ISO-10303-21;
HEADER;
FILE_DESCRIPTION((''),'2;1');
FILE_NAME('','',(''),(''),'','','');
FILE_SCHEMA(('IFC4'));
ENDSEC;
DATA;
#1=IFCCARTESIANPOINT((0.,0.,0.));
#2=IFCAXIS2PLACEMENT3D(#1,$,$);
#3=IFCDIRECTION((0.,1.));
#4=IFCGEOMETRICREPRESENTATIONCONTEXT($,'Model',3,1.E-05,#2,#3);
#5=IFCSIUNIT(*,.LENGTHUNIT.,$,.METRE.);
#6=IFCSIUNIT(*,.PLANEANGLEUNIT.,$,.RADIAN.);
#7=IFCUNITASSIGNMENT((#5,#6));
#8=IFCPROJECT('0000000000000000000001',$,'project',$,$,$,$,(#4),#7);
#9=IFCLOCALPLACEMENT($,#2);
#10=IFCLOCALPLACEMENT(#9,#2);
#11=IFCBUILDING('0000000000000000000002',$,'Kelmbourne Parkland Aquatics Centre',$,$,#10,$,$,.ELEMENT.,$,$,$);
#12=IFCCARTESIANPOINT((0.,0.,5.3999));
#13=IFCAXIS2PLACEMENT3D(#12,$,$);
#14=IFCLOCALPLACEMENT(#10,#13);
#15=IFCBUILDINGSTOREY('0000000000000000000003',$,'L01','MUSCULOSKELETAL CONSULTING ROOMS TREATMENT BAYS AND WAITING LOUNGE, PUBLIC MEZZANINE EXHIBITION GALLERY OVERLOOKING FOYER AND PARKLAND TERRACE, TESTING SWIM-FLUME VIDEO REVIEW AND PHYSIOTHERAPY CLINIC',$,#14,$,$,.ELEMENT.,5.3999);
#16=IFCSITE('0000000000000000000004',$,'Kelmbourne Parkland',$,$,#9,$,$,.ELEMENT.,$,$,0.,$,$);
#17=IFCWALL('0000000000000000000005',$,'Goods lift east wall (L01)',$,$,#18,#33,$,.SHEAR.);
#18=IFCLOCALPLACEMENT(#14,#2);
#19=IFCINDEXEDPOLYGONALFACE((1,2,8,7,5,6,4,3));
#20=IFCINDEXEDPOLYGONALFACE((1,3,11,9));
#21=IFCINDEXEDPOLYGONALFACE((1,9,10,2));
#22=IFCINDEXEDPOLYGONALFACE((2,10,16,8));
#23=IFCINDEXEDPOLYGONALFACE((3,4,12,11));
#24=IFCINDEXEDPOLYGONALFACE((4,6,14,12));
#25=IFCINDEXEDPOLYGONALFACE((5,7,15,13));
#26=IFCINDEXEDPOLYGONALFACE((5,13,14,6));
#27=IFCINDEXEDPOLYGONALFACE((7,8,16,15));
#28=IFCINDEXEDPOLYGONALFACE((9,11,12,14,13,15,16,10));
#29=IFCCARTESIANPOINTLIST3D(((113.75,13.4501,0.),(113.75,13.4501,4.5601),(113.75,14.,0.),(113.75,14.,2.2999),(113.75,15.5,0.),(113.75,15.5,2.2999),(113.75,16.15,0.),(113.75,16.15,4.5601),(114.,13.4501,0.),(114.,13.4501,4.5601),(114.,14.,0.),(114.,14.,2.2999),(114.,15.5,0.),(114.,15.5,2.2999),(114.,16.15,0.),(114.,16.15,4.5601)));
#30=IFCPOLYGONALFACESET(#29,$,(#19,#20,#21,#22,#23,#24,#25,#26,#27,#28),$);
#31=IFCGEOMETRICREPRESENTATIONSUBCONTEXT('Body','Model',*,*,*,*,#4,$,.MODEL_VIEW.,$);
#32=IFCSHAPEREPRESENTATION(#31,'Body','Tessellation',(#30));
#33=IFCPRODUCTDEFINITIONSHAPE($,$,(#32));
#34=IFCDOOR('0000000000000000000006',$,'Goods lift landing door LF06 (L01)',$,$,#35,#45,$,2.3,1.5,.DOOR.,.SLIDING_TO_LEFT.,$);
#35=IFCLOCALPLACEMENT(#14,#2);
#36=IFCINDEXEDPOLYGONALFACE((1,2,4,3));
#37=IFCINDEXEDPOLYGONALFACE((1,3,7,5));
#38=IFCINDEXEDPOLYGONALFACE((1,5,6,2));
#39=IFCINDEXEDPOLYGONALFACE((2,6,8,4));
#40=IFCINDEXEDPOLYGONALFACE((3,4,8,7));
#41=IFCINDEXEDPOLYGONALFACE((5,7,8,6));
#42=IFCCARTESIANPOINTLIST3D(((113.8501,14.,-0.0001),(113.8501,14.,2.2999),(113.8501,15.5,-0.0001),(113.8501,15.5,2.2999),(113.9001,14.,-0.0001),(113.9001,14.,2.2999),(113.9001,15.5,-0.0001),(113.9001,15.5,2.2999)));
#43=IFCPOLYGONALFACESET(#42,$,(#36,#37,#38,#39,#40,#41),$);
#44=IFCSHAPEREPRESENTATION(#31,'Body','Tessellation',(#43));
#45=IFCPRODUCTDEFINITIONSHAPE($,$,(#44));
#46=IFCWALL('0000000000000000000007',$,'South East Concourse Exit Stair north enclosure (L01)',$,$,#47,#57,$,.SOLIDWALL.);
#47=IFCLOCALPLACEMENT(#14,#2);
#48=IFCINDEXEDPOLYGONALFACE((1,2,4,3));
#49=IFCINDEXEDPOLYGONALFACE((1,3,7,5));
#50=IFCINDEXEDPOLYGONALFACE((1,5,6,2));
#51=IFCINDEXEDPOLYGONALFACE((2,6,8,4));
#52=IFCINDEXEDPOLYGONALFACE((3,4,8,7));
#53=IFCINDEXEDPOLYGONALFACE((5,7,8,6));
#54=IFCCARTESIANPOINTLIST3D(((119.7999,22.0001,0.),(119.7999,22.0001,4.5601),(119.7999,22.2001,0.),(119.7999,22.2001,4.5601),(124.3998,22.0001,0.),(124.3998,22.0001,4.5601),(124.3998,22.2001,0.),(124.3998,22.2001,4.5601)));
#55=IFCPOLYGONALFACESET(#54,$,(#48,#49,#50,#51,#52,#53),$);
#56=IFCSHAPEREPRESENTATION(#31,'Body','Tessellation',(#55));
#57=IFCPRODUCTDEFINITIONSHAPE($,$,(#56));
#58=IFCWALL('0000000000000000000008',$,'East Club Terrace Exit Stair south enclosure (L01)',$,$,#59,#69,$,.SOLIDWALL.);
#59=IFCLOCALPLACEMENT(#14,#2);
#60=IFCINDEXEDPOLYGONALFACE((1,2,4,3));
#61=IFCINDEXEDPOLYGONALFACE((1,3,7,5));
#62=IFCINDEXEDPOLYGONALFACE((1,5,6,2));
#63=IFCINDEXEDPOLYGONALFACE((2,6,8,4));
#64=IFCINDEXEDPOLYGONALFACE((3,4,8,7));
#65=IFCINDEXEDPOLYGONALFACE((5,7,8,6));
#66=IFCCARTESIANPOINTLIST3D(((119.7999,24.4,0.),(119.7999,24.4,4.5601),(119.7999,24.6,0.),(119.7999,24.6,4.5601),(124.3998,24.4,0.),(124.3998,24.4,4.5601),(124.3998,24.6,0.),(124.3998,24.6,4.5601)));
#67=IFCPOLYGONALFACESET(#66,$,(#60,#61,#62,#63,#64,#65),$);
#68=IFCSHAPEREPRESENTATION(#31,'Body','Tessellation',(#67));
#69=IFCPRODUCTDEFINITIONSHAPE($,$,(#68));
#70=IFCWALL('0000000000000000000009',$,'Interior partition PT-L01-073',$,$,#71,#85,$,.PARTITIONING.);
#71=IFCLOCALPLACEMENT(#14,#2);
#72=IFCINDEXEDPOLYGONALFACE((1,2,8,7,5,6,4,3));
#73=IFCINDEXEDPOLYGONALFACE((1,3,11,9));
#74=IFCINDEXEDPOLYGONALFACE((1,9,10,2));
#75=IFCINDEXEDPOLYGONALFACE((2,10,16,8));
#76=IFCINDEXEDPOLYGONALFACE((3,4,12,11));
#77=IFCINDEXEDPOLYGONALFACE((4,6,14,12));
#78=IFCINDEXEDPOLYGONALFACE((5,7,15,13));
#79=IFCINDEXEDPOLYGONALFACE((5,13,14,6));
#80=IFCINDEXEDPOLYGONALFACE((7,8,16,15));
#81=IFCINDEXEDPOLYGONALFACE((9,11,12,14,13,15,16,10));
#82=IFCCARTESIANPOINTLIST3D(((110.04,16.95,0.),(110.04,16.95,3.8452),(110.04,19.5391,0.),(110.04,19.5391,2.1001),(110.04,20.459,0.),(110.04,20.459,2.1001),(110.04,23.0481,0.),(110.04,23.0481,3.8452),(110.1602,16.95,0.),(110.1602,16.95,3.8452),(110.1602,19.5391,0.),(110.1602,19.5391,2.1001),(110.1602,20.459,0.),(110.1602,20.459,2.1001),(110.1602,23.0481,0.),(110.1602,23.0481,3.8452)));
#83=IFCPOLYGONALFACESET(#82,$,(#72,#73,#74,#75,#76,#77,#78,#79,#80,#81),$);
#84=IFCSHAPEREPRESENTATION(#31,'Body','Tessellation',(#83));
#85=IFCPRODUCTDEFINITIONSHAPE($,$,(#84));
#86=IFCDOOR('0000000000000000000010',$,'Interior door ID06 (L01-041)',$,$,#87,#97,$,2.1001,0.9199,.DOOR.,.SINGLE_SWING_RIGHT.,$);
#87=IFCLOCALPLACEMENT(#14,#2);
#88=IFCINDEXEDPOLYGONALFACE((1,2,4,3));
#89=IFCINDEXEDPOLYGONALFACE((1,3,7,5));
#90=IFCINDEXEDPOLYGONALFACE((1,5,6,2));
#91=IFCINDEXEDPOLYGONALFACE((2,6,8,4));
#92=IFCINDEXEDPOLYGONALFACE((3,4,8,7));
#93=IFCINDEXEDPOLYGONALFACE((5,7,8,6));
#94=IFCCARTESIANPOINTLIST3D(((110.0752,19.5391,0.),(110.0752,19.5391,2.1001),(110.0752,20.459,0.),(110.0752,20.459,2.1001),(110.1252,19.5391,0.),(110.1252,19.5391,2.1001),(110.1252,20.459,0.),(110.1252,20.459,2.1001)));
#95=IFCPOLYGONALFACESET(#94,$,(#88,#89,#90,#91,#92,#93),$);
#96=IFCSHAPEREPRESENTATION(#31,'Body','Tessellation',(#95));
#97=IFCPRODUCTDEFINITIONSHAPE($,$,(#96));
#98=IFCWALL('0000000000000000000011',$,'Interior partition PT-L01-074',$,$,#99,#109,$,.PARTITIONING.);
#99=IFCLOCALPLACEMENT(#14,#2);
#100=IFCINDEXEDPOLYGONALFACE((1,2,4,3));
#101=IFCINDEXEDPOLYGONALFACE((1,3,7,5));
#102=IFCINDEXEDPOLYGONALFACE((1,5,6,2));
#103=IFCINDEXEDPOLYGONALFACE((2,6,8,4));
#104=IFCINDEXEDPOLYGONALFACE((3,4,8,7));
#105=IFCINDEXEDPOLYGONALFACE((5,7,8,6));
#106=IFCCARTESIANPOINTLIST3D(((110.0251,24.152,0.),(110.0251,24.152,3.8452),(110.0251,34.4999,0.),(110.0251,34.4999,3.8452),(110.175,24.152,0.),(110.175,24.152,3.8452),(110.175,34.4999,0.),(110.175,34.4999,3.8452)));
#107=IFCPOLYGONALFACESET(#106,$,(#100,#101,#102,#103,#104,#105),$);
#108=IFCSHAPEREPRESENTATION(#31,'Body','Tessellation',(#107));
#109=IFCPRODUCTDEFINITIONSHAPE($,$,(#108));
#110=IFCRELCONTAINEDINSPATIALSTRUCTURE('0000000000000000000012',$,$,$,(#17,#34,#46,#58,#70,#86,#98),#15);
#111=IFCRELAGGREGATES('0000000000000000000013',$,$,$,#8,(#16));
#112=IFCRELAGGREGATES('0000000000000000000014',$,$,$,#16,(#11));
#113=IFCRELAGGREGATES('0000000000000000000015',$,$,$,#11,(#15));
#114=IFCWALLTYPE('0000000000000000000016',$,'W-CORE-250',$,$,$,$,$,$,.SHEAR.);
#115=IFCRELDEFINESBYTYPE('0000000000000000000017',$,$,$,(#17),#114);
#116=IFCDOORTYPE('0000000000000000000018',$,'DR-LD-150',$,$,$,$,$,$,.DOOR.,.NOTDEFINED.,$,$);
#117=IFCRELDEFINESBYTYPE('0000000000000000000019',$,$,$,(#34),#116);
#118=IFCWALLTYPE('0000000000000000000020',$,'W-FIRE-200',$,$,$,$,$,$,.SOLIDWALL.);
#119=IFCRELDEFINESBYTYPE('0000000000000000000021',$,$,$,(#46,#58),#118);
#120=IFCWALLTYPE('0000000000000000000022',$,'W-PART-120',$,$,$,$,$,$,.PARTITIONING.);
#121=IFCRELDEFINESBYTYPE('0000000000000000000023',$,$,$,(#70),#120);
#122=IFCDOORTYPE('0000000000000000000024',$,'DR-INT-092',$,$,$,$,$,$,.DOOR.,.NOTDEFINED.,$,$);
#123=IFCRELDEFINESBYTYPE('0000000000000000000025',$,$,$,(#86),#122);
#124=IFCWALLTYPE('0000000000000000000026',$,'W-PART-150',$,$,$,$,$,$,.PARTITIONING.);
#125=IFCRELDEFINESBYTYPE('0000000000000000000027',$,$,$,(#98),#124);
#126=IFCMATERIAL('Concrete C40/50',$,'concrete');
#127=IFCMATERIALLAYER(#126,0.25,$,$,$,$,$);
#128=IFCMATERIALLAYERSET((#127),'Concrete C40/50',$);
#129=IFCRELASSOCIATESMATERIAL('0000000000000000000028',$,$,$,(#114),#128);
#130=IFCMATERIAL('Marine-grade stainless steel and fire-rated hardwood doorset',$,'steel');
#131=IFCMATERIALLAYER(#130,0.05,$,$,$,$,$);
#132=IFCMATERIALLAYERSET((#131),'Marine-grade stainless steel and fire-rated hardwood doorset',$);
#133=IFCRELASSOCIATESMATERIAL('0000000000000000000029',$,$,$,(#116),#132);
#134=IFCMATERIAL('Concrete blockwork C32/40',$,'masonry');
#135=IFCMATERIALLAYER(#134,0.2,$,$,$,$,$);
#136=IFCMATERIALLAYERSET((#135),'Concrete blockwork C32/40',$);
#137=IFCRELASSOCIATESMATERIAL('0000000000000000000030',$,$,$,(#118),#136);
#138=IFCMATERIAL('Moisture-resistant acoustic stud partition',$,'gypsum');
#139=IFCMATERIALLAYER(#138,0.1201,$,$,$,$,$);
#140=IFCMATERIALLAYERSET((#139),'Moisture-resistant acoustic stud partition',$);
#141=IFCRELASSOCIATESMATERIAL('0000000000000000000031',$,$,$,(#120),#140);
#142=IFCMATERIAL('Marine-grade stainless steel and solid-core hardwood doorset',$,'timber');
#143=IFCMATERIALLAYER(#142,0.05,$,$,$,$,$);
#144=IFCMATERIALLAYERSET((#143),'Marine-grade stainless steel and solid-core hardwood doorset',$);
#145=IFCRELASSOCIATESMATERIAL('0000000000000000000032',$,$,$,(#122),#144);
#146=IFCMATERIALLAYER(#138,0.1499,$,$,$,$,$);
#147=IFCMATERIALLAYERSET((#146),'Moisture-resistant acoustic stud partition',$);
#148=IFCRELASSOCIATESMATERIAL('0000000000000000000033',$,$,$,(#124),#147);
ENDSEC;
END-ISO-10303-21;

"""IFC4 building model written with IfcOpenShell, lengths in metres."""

from ifc_helpers import new_model, si_unit, direction, frame, frame_2d, origin, place, context, subcontext, project, spatial, rectangle, extrude, material, layer, layer_set, type_object, element, fill, save


model = new_model("IFC4")

# Units and contexts
model_context = context("Model", 3, precision=1e-05, world=origin(), true_north=direction((0.0, 1.0)))
body_context = subcontext(model_context, "Body", "Model", "MODEL_VIEW")
ifc_project = project(units=[si_unit("LENGTHUNIT", "METRE"), si_unit("PLANEANGLEUNIT", "RADIAN")], contexts=[model_context])

# Site, building, storey
site_placement = place(None, origin())
site = spatial("IfcSite", under=ifc_project, at=site_placement, Name="Kelmbourne Parkland", CompositionType="ELEMENT", RefElevation=0.0)
building_placement = place(site_placement, origin())
building = spatial("IfcBuilding", under=site, at=building_placement, Name="Kelmbourne Parkland Aquatics Centre", CompositionType="ELEMENT")
storey_placement = place(building_placement, frame((0.0, 0.0, 5.3999)))
storey = spatial("IfcBuildingStorey", under=building, at=storey_placement, Name="L01", Description="MUSCULOSKELETAL CONSULTING ROOMS TREATMENT BAYS AND WAITING LOUNGE, PUBLIC MEZZANINE EXHIBITION GALLERY OVERLOOKING FOYER AND PARKLAND TERRACE, TESTING SWIM-FLUME VIDEO REVIEW AND PHYSIOTHERAPY CLINIC", CompositionType="ELEMENT", Elevation=5.3999)

# Shared definitions
ifc_material_1 = material(Name="Concrete C40/50", Category="concrete")

# Shared definitions
ifc_layer_1 = layer(ifc_material_1, 0.25)
ifc_layer_set_1 = layer_set([ifc_layer_1], Name="Concrete C40/50")
wall_type_1 = type_object("IfcWallType", Name="W-CORE-250", PredefinedType="SHEAR", material=ifc_layer_set_1)

# Wall, opening, door
wall_1_placement = place(storey_placement, frame((113.875, 13.45, 0.0), z_axis=(0.0, 0.0, 1.0), x_axis=(0.0, 1.0, 0.0)))
wall_1 = element("IfcWall", 1, at=wall_1_placement, inside=storey, type_object=wall_type_1, Name="Goods lift east wall (L01)", PredefinedType="SHEAR", context=body_context, shape_type="SweptSolid", body=[
    extrude(rectangle(XDim=2.7, YDim=0.25, at=frame_2d((1.3501, 0.0))), origin(), (0.0, 0.0, 1.0), 4.5601),
])
opening_1_placement = place(wall_1_placement, frame((0.55, 0.0, 0.0)))
opening_1 = element("IfcOpeningElement", 2, at=opening_1_placement, cuts=wall_1, PredefinedType="OPENING", context=body_context, shape_type="SweptSolid", body=[
    extrude(rectangle(XDim=1.5, YDim=2.3, at=frame_2d((0.75, 1.1499))), frame((0.0, 0.137, 0.0), z_axis=(0.0, -1.0, 0.0), x_axis=(1.0, 0.0, 0.0)), (0.0, 0.0, 1.0), 0.2739),
])
ifc_material_2 = material(Name="Marine-grade stainless steel and fire-rated hardwood doorset", Category="steel")
ifc_layer_2 = layer(ifc_material_2, 0.05)
ifc_layer_set_2 = layer_set([ifc_layer_2], Name="Marine-grade stainless steel and fire-rated hardwood doorset")
door_type_1 = type_object("IfcDoorType", Name="DR-LD-150", OperationType="NOTDEFINED", PredefinedType="DOOR", material=ifc_layer_set_2)
door_1_placement = place(opening_1_placement, origin())
door_1 = element("IfcDoor", 3, at=door_1_placement, inside=storey, type_object=door_type_1, Name="Goods lift landing door LF06 (L01)", OperationType="SLIDING_TO_LEFT", OverallHeight=2.3, OverallWidth=1.5, PredefinedType="DOOR", context=body_context, shape_type="SweptSolid", body=[
    extrude(rectangle(XDim=1.5, YDim=2.3, at=frame_2d((0.75, 1.1499))), frame((0.0, 0.0249, 0.0), z_axis=(0.0, -1.0, 0.0), x_axis=(1.0, 0.0, 0.0)), (0.0, 0.0, 1.0), 0.05),
])
fill(opening_1, door_1)

# Walls
ifc_material_3 = material(Name="Concrete blockwork C32/40", Category="masonry")
ifc_layer_3 = layer(ifc_material_3, 0.2)
ifc_layer_set_3 = layer_set([ifc_layer_3], Name="Concrete blockwork C32/40")
wall_type_2 = type_object("IfcWallType", Name="W-FIRE-200", PredefinedType="SOLIDWALL", material=ifc_layer_set_3)
for number, where, z_axis, x_axis, name in (
    (4, (119.8, 22.1001, 0.0), (0.0, 0.0, 1.0), (1.0, 0.0, 0.0), "South East Concourse Exit Stair north enclosure (L01)"),
    (5, (119.8, 24.5, 0.0), (0.0, 0.0, 1.0), (1.0, 0.0, 0.0), "East Club Terrace Exit Stair south enclosure (L01)"),
):
    element("IfcWall", number, at=place(storey_placement, frame(where, z_axis=z_axis, x_axis=x_axis)), inside=storey, type_object=wall_type_2, Name=name, PredefinedType="SOLIDWALL", context=body_context, shape_type="SweptSolid", body=[
        extrude(rectangle(XDim=4.5999, YDim=0.2, at=frame_2d((2.2998, 0.0))), origin(), (0.0, 0.0, 1.0), 4.5601),
    ])

# Wall, opening, door
ifc_material_4 = material(Name="Moisture-resistant acoustic stud partition", Category="gypsum")
ifc_layer_4 = layer(ifc_material_4, 0.1201)
ifc_layer_set_4 = layer_set([ifc_layer_4], Name="Moisture-resistant acoustic stud partition")
wall_type_3 = type_object("IfcWallType", Name="W-PART-120", PredefinedType="PARTITIONING", material=ifc_layer_set_4)
wall_2_placement = place(storey_placement, frame((110.1001, 16.95, 0.0), z_axis=(0.0, 0.0, 1.0), x_axis=(0.0, 1.0, 0.0)))
wall_2 = element("IfcWall", 6, at=wall_2_placement, inside=storey, type_object=wall_type_3, Name="Interior partition PT-L01-073", PredefinedType="PARTITIONING", context=body_context, shape_type="SweptSolid", body=[
    extrude(rectangle(XDim=6.0981, YDim=0.1201, at=frame_2d((3.0491, 0.0))), origin(), (0.0, 0.0, 1.0), 3.8452),
])
opening_2_placement = place(wall_2_placement, frame((2.5891, 0.0, 0.0)))
opening_2 = element("IfcOpeningElement", 7, at=opening_2_placement, cuts=wall_2, PredefinedType="OPENING", context=body_context, shape_type="SweptSolid", body=[
    extrude(rectangle(XDim=0.9199, YDim=2.1001, at=frame_2d((0.46, 1.05))), frame((0.0, 0.072, 0.0), z_axis=(0.0, -1.0, 0.0), x_axis=(1.0, 0.0, 0.0)), (0.0, 0.0, 1.0), 0.144),
])
ifc_material_5 = material(Name="Marine-grade stainless steel and solid-core hardwood doorset", Category="timber")
ifc_layer_5 = layer(ifc_material_5, 0.05)
ifc_layer_set_5 = layer_set([ifc_layer_5], Name="Marine-grade stainless steel and solid-core hardwood doorset")
door_type_2 = type_object("IfcDoorType", Name="DR-INT-092", OperationType="NOTDEFINED", PredefinedType="DOOR", material=ifc_layer_set_5)
door_2_placement = place(opening_2_placement, origin())
door_2 = element("IfcDoor", 8, at=door_2_placement, inside=storey, type_object=door_type_2, Name="Interior door ID06 (L01-041)", OperationType="SINGLE_SWING_RIGHT", OverallHeight=2.1001, OverallWidth=0.9199, PredefinedType="DOOR", context=body_context, shape_type="SweptSolid", body=[
    extrude(rectangle(XDim=0.9199, YDim=2.1001, at=frame_2d((0.46, 1.05))), frame((0.0, 0.0249, 0.0), z_axis=(0.0, -1.0, 0.0), x_axis=(1.0, 0.0, 0.0)), (0.0, 0.0, 1.0), 0.05),
])
fill(opening_2, door_2)

# Wall
ifc_layer_6 = layer(ifc_material_4, 0.1499)
ifc_layer_set_6 = layer_set([ifc_layer_6], Name="Moisture-resistant acoustic stud partition")
wall_type_4 = type_object("IfcWallType", Name="W-PART-150", PredefinedType="PARTITIONING", material=ifc_layer_set_6)
wall_3_placement = place(storey_placement, frame((110.1001, 24.1521, 0.0), z_axis=(0.0, 0.0, 1.0), x_axis=(0.0, 1.0, 0.0)))
element("IfcWall", 9, at=wall_3_placement, inside=storey, type_object=wall_type_4, Name="Interior partition PT-L01-074", PredefinedType="PARTITIONING", context=body_context, shape_type="SweptSolid", body=[
    extrude(rectangle(XDim=10.3479, YDim=0.1499, at=frame_2d((5.1738, 0.0))), origin(), (0.0, 0.0, 1.0), 3.8452),
])

save(model, "model.ifc")
